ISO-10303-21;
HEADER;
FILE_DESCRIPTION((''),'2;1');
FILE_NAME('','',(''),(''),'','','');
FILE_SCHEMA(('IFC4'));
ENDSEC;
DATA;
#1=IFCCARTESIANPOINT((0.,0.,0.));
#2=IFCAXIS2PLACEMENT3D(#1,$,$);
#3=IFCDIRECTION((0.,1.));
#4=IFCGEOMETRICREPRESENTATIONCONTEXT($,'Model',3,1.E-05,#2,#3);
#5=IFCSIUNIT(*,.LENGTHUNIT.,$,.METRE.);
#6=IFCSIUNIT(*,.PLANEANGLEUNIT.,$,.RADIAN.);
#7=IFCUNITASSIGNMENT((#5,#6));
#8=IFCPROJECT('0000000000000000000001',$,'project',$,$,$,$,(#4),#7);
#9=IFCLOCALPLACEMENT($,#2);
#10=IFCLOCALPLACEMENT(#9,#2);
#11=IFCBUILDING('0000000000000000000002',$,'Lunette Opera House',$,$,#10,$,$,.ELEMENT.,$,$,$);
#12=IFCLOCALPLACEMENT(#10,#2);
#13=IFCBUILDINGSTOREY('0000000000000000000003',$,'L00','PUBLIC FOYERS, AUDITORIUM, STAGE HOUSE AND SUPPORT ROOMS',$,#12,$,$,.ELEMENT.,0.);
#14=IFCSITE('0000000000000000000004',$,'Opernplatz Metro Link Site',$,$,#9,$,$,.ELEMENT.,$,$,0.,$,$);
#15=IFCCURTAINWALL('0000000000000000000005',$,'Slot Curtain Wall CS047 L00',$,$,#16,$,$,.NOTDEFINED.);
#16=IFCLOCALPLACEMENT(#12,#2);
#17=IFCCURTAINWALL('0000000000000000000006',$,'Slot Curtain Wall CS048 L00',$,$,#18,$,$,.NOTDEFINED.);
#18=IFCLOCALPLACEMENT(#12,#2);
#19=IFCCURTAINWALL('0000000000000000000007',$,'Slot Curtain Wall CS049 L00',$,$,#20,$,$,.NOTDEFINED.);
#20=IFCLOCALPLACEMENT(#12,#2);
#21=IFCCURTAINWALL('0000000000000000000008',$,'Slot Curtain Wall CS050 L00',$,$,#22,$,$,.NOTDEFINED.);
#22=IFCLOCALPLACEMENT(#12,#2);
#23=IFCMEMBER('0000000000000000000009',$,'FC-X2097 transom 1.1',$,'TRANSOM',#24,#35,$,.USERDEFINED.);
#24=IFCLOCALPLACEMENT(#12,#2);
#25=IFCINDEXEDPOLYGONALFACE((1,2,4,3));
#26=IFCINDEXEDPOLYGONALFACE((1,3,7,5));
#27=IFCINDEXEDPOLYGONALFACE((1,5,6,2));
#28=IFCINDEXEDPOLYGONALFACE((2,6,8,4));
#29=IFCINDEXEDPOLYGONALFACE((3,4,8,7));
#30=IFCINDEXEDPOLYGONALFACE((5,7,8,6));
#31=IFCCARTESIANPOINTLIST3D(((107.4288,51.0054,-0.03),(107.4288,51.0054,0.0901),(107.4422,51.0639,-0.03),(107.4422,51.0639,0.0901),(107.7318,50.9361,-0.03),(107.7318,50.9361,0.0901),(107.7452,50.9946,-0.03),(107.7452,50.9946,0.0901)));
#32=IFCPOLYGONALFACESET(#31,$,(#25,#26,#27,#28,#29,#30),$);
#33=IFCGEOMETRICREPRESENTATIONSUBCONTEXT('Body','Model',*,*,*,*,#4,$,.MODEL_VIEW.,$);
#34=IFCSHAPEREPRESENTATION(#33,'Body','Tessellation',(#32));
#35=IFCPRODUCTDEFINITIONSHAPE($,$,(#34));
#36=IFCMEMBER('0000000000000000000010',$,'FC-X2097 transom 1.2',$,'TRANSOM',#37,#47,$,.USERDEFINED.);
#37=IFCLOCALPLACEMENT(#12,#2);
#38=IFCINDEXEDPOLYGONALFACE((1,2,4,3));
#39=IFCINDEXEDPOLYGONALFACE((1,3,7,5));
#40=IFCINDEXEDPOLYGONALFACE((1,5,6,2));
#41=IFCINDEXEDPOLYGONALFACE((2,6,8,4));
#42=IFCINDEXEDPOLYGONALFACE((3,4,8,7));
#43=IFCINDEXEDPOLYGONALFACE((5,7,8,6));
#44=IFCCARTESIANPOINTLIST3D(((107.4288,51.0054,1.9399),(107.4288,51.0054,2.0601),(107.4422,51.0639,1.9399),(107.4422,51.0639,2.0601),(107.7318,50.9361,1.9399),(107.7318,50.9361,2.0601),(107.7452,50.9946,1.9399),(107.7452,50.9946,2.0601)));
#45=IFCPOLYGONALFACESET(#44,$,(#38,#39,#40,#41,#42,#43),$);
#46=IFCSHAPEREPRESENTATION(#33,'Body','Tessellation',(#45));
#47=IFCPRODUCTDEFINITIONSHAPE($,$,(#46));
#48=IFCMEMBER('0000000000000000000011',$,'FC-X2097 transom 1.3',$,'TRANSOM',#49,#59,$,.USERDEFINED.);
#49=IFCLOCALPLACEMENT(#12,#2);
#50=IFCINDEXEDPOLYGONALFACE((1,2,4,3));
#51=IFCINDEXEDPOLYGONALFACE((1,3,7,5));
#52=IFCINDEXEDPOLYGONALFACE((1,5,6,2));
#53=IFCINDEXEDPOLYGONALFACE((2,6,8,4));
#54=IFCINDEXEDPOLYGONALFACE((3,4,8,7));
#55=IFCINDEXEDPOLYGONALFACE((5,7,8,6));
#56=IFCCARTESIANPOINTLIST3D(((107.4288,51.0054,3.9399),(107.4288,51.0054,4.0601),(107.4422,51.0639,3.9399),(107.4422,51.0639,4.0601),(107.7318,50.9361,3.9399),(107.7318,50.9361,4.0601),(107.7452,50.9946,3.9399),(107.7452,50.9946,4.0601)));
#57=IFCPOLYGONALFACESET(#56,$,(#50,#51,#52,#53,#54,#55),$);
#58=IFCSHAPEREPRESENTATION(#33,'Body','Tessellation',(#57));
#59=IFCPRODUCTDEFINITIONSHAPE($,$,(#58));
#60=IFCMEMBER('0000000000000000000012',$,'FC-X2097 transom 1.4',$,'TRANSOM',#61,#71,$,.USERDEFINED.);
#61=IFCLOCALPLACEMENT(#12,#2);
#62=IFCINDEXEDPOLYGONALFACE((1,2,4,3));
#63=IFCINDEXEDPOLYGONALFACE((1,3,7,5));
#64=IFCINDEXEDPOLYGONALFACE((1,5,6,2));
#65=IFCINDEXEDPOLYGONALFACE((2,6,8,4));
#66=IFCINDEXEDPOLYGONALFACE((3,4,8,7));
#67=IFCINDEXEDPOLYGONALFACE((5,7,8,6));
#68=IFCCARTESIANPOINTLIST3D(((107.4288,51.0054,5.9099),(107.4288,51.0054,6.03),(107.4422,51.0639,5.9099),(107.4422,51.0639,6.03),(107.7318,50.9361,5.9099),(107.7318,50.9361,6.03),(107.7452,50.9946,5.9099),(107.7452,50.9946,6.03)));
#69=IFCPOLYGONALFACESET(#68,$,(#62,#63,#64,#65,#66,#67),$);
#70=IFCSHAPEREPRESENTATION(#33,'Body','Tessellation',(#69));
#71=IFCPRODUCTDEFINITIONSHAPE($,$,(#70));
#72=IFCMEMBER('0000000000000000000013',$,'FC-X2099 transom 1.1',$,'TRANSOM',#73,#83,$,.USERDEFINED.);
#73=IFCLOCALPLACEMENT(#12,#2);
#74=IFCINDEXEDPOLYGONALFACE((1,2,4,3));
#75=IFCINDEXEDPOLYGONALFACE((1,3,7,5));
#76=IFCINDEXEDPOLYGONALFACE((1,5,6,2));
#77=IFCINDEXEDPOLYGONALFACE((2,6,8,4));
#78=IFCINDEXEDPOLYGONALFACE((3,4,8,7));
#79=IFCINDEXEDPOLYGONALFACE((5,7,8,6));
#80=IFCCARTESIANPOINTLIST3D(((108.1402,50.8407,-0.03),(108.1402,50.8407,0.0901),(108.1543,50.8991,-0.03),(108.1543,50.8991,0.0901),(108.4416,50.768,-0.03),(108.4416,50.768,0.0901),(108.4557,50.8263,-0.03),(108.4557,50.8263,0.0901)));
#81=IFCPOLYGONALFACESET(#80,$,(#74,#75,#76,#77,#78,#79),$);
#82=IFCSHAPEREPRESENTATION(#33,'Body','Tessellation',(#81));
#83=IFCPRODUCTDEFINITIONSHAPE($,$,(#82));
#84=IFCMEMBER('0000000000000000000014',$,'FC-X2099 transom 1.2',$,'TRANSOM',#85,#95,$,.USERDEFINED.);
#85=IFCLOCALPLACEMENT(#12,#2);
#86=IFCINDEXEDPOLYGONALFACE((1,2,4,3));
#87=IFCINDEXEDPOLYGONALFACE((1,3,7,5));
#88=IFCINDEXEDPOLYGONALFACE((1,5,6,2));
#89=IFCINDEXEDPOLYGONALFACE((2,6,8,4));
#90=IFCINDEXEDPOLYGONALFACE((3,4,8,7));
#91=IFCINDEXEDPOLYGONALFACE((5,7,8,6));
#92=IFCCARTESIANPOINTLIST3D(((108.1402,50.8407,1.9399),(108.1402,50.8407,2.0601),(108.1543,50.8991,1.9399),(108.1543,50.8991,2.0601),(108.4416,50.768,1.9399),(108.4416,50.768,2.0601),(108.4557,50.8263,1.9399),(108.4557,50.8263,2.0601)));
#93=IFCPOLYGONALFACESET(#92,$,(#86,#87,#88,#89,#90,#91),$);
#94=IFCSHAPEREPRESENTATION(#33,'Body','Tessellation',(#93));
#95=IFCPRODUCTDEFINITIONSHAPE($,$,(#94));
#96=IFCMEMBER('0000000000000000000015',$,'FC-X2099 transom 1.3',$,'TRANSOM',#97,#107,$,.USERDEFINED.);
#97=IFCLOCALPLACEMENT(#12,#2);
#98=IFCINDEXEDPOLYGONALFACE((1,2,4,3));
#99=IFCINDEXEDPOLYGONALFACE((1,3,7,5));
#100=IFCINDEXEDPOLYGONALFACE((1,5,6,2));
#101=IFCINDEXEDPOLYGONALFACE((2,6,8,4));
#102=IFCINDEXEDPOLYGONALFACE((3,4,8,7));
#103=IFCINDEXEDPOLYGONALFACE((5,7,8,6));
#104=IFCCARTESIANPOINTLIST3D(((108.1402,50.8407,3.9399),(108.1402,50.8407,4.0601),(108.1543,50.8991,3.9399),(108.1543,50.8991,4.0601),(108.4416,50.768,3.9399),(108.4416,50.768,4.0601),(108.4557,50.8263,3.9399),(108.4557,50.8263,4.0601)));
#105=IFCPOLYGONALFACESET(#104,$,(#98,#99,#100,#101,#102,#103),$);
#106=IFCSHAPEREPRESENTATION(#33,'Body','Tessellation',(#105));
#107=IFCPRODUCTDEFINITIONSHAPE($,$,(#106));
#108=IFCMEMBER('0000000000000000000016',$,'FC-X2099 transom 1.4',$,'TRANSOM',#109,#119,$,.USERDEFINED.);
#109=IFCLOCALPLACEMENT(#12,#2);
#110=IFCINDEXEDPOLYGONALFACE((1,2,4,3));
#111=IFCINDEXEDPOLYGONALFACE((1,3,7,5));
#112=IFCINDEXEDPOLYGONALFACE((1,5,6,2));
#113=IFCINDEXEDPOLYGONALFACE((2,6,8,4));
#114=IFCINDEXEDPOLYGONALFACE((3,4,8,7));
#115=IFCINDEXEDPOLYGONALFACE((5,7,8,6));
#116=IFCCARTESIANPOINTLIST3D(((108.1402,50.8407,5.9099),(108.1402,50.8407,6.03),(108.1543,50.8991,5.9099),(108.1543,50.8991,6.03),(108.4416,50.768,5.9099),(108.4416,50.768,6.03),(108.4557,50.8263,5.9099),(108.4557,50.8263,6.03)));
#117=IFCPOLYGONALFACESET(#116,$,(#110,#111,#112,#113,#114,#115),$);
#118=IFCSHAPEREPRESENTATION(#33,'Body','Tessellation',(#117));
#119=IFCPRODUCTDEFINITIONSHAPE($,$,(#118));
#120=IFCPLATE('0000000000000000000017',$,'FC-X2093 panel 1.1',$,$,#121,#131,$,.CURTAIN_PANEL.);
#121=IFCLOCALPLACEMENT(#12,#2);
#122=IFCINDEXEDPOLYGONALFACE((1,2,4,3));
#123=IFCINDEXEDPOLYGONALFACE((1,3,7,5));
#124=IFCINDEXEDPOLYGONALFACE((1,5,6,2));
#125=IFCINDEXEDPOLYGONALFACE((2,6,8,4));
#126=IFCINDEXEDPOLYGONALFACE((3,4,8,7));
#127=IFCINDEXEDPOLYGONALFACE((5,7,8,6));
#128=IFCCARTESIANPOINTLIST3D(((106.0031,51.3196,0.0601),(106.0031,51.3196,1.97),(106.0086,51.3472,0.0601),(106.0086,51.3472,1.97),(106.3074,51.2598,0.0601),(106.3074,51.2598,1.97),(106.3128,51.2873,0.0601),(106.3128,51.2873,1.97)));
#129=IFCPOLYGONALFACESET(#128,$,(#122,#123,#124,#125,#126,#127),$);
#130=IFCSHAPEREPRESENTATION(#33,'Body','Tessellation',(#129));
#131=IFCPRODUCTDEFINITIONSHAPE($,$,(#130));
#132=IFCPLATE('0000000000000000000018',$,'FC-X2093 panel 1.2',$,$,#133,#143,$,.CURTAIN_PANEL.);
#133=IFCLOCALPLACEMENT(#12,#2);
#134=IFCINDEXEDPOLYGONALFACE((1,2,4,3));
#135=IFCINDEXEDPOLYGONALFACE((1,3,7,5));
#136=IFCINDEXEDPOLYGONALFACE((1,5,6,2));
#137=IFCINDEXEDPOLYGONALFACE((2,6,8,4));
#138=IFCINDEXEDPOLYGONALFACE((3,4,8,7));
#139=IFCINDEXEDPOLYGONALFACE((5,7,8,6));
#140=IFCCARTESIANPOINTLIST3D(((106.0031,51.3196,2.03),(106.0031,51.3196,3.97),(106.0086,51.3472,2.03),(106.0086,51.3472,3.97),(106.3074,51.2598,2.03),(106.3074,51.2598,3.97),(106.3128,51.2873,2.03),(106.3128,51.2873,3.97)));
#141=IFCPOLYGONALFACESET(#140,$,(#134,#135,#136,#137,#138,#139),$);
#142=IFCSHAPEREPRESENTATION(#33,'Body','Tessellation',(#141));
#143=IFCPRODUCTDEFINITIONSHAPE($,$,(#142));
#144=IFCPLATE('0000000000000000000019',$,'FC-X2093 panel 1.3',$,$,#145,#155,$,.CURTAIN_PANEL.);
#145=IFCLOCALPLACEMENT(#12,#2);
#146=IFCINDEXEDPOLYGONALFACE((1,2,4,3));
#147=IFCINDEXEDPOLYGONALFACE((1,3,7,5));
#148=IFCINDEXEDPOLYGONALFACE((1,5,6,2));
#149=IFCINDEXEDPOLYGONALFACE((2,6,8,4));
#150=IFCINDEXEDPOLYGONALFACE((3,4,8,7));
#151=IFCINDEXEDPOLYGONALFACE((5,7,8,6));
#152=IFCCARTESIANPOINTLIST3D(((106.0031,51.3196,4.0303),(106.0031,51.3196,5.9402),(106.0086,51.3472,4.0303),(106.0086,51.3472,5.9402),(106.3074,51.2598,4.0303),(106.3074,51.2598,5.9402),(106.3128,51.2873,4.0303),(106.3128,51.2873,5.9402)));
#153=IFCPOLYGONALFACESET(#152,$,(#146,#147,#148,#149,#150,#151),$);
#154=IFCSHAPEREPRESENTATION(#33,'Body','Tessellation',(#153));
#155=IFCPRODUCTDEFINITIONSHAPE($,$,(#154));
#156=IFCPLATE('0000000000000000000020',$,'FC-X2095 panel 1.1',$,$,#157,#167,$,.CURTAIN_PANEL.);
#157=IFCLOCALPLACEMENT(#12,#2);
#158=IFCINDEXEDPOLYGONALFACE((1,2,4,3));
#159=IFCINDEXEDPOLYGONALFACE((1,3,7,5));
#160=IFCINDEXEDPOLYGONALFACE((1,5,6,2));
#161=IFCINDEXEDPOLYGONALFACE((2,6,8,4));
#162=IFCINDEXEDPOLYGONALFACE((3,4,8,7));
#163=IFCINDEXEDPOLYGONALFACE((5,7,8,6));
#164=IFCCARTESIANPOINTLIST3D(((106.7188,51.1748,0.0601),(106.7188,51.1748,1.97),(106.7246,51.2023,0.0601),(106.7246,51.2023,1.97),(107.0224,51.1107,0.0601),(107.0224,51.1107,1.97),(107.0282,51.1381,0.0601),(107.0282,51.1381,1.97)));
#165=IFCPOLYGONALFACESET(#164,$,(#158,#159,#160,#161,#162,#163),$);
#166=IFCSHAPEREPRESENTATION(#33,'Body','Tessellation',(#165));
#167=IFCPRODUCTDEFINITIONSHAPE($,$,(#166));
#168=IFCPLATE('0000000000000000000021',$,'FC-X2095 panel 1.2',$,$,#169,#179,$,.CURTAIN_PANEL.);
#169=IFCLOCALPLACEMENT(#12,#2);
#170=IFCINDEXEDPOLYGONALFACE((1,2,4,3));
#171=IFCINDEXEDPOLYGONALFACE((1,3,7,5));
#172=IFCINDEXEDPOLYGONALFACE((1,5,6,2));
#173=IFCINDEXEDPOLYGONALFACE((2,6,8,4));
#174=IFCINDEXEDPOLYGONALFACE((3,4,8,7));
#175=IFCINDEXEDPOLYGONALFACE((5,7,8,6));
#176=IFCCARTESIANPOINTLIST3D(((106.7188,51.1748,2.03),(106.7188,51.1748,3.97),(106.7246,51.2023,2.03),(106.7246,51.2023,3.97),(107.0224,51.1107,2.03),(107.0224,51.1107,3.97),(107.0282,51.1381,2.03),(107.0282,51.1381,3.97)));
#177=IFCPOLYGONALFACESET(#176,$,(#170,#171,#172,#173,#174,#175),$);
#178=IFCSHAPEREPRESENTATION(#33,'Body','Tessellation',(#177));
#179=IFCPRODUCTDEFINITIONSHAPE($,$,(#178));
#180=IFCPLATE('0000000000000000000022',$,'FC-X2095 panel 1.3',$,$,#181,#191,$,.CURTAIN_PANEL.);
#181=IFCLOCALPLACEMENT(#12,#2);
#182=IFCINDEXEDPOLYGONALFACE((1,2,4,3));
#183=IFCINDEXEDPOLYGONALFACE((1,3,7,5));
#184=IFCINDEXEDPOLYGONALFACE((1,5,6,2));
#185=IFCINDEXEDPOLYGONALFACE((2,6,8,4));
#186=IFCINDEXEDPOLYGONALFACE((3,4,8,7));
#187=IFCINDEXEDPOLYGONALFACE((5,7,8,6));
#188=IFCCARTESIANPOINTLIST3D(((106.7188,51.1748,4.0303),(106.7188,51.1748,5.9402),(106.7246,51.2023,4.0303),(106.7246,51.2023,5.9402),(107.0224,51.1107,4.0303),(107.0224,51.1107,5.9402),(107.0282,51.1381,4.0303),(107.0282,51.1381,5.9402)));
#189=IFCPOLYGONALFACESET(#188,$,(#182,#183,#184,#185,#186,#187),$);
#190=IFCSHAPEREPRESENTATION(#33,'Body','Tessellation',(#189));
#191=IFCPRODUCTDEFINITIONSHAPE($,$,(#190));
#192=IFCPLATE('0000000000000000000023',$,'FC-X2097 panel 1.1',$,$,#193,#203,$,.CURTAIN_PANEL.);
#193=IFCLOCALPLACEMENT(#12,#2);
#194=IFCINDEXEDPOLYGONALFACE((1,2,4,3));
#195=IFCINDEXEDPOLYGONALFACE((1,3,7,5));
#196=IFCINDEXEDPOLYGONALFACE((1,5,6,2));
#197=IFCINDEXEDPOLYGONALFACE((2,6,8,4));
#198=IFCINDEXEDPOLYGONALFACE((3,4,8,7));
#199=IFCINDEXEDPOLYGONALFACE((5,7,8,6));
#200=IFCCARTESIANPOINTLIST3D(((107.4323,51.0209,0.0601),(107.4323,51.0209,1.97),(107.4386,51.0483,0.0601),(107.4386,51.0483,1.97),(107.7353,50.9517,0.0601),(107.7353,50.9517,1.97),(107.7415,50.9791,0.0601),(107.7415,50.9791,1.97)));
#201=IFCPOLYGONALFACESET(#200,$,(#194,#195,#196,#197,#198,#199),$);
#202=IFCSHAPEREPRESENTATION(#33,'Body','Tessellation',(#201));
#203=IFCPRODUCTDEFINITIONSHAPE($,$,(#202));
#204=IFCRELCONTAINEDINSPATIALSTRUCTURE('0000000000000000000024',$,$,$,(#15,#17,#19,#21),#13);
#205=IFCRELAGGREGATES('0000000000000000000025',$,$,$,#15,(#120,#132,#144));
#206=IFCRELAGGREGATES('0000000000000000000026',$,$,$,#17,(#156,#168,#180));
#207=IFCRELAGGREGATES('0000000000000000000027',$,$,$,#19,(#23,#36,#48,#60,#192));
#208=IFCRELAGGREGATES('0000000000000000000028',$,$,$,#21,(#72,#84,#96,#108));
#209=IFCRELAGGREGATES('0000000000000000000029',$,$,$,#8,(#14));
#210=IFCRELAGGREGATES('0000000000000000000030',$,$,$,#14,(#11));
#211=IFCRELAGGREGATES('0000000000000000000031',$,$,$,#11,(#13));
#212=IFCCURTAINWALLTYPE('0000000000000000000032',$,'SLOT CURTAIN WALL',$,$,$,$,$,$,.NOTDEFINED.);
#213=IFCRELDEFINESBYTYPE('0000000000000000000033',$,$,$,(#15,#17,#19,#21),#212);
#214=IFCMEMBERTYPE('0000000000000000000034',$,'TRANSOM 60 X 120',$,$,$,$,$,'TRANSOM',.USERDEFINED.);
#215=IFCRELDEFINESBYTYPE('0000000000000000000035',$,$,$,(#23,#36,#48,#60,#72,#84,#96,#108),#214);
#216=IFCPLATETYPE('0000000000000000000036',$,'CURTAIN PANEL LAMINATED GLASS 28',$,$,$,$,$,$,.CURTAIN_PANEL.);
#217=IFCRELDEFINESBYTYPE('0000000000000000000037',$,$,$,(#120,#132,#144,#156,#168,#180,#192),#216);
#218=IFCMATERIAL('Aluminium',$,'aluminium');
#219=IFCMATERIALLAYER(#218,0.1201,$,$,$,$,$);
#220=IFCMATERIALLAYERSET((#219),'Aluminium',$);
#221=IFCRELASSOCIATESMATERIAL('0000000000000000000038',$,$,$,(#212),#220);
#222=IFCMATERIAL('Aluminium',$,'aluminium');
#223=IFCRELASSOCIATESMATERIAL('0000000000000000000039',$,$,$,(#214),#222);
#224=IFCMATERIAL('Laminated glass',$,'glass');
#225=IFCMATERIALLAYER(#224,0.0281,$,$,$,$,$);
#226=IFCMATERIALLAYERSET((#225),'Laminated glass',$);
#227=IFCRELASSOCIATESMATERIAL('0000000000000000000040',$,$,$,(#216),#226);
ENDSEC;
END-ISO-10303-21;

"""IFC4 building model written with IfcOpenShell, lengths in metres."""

from ifc_helpers import new_model, si_unit, direction, frame, origin, origin_2d, place, context, subcontext, project, spatial, rectangle, extrude, material, layer, layer_set, material_profile, profile_set, type_object, element, aggregate, save


model = new_model("IFC4")

# Units and contexts
model_context = context("Model", 3, precision=1e-05, world=origin(), true_north=direction((0.0, 1.0)))
body_context = subcontext(model_context, "Body", "Model", "MODEL_VIEW")
ifc_project = project(units=[si_unit("LENGTHUNIT", "METRE"), si_unit("PLANEANGLEUNIT", "RADIAN")], contexts=[model_context])

# Site, building, storey
site_placement = place(None, origin())
site = spatial("IfcSite", under=ifc_project, at=site_placement, Name="Opernplatz Metro Link Site", CompositionType="ELEMENT", RefElevation=0.0)
building_placement = place(site_placement, origin())
building = spatial("IfcBuilding", under=site, at=building_placement, Name="Lunette Opera House", CompositionType="ELEMENT")
storey_placement = place(building_placement, origin())
storey = spatial("IfcBuildingStorey", under=building, at=storey_placement, Name="L00", Description="PUBLIC FOYERS, AUDITORIUM, STAGE HOUSE AND SUPPORT ROOMS", CompositionType="ELEMENT", Elevation=0.0)

# Curtain wall
ifc_material_1 = material(Name="Aluminium", Category="aluminium")
ifc_layer_1 = layer(ifc_material_1, 0.1201)
ifc_layer_set_1 = layer_set([ifc_layer_1], Name="Aluminium")
curtain_wall_type = type_object("IfcCurtainWallType", Name="SLOT CURTAIN WALL", PredefinedType="NOTDEFINED", material=ifc_layer_set_1)
curtain_wall_1_placement = place(storey_placement, origin())
curtain_wall_1 = element("IfcCurtainWall", 1, at=curtain_wall_1_placement, inside=storey, type_object=curtain_wall_type, Name="Slot Curtain Wall CS047 L00", PredefinedType="NOTDEFINED")

# Curtain walls
curtain_wall_2_placement = place(storey_placement, origin())
curtain_wall_2 = element("IfcCurtainWall", 2, at=curtain_wall_2_placement, inside=storey, type_object=curtain_wall_type, Name="Slot Curtain Wall CS048 L00", PredefinedType="NOTDEFINED")
curtain_wall_3_placement = place(storey_placement, origin())
curtain_wall_3 = element("IfcCurtainWall", 3, at=curtain_wall_3_placement, inside=storey, type_object=curtain_wall_type, Name="Slot Curtain Wall CS049 L00", PredefinedType="NOTDEFINED")

# Curtain wall
curtain_wall_4_placement = place(storey_placement, origin())
curtain_wall_4 = element("IfcCurtainWall", 4, at=curtain_wall_4_placement, inside=storey, type_object=curtain_wall_type, Name="Slot Curtain Wall CS050 L00", PredefinedType="NOTDEFINED")

# Members
ifc_material_2 = material(Name="Aluminium", Category="aluminium")
ifc_material_profile_1 = material_profile(ifc_material_2, rectangle(XDim=0.0601, YDim=0.1201, at=origin_2d()), Name="TRANSOM 60 X 120")
ifc_profile_set_1 = profile_set([ifc_material_profile_1], Name="Aluminium")
member_type_1 = type_object("IfcMemberType", Name="TRANSOM 60 X 120", ElementType="TRANSOM", PredefinedType="USERDEFINED", material=ifc_profile_set_1)
member_1_placement = place(storey_placement, frame((107.4355, 51.0347, 0.03), z_axis=(0.9748, -0.223081, 0.0), x_axis=(0.223081, 0.9748, 0.0)))
member_1 = element("IfcMember", 5, at=member_1_placement, type_object=member_type_1, Name="FC-X2097 transom 1.1", ObjectType="TRANSOM", PredefinedType="USERDEFINED", context=body_context, shape_type="SweptSolid", body=[
    extrude(rectangle(XDim=0.0601, YDim=0.1201, at=origin_2d()), origin(), (0.0, 0.0, 1.0), 0.3108),
])
member_2_placement = place(storey_placement, frame((107.4355, 51.0347, 2.0), z_axis=(0.9748, -0.223081, 0.0), x_axis=(0.223081, 0.9748, 0.0)))
member_2 = element("IfcMember", 6, at=member_2_placement, type_object=member_type_1, Name="FC-X2097 transom 1.2", ObjectType="TRANSOM", PredefinedType="USERDEFINED", context=body_context, shape_type="SweptSolid", body=[
    extrude(rectangle(XDim=0.0601, YDim=0.1201, at=origin_2d()), origin(), (0.0, 0.0, 1.0), 0.3108),
])
member_3_placement = place(storey_placement, frame((107.4355, 51.0347, 4.0), z_axis=(0.9748, -0.223081, 0.0), x_axis=(0.223081, 0.9748, 0.0)))
member_3 = element("IfcMember", 7, at=member_3_placement, type_object=member_type_1, Name="FC-X2097 transom 1.3", ObjectType="TRANSOM", PredefinedType="USERDEFINED", context=body_context, shape_type="SweptSolid", body=[
    extrude(rectangle(XDim=0.0601, YDim=0.1201, at=origin_2d()), origin(), (0.0, 0.0, 1.0), 0.3108),
])
member_4_placement = place(storey_placement, frame((107.4355, 51.0347, 5.97), z_axis=(0.9748, -0.223081, 0.0), x_axis=(0.223081, 0.9748, 0.0)))
member_4 = element("IfcMember", 8, at=member_4_placement, type_object=member_type_1, Name="FC-X2097 transom 1.4", ObjectType="TRANSOM", PredefinedType="USERDEFINED", context=body_context, shape_type="SweptSolid", body=[
    extrude(rectangle(XDim=0.0601, YDim=0.1201, at=origin_2d()), origin(), (0.0, 0.0, 1.0), 0.3108),
])
member_5_placement = place(storey_placement, frame((108.1472, 50.8699, 0.03), z_axis=(0.972101, -0.234564, 0.0), x_axis=(0.234564, 0.972101, 0.0)))
member_5 = element("IfcMember", 9, at=member_5_placement, type_object=member_type_1, Name="FC-X2099 transom 1.1", ObjectType="TRANSOM", PredefinedType="USERDEFINED", context=body_context, shape_type="SweptSolid", body=[
    extrude(rectangle(XDim=0.0601, YDim=0.1201, at=origin_2d()), origin(), (0.0, 0.0, 1.0), 0.3101),
])
member_6_placement = place(storey_placement, frame((108.1472, 50.8699, 2.0), z_axis=(0.972101, -0.234564, 0.0), x_axis=(0.234564, 0.972101, 0.0)))
member_6 = element("IfcMember", 10, at=member_6_placement, type_object=member_type_1, Name="FC-X2099 transom 1.2", ObjectType="TRANSOM", PredefinedType="USERDEFINED", context=body_context, shape_type="SweptSolid", body=[
    extrude(rectangle(XDim=0.0601, YDim=0.1201, at=origin_2d()), origin(), (0.0, 0.0, 1.0), 0.3101),
])
member_7_placement = place(storey_placement, frame((108.1472, 50.8699, 4.0), z_axis=(0.972101, -0.234564, 0.0), x_axis=(0.234564, 0.972101, 0.0)))
member_7 = element("IfcMember", 11, at=member_7_placement, type_object=member_type_1, Name="FC-X2099 transom 1.3", ObjectType="TRANSOM", PredefinedType="USERDEFINED", context=body_context, shape_type="SweptSolid", body=[
    extrude(rectangle(XDim=0.0601, YDim=0.1201, at=origin_2d()), origin(), (0.0, 0.0, 1.0), 0.3101),
])
member_8_placement = place(storey_placement, frame((108.1472, 50.8699, 5.97), z_axis=(0.972101, -0.234564, 0.0), x_axis=(0.234564, 0.972101, 0.0)))
member_8 = element("IfcMember", 12, at=member_8_placement, type_object=member_type_1, Name="FC-X2099 transom 1.4", ObjectType="TRANSOM", PredefinedType="USERDEFINED", context=body_context, shape_type="SweptSolid", body=[
    extrude(rectangle(XDim=0.0601, YDim=0.1201, at=origin_2d()), origin(), (0.0, 0.0, 1.0), 0.3101),
])

# Plates
ifc_material_3 = material(Name="Laminated glass", Category="glass")
ifc_layer_2 = layer(ifc_material_3, 0.0281)
ifc_layer_set_2 = layer_set([ifc_layer_2], Name="Laminated glass")
plate_type = type_object("IfcPlateType", Name="CURTAIN PANEL LAMINATED GLASS 28", PredefinedType="CURTAIN_PANEL", material=ifc_layer_set_2)
plate_1_placement = place(storey_placement, frame((106.158, 51.3035, 0.0601), z_axis=(0.0, 0.0, 1.0), x_axis=(0.981202, -0.192985, 0.0)))
plate_1 = element("IfcPlate", 13, at=plate_1_placement, type_object=plate_type, Name="FC-X2093 panel 1.1", PredefinedType="CURTAIN_PANEL", context=body_context, shape_type="SweptSolid", body=[
    extrude(rectangle(XDim=0.3101, YDim=0.0281, at=origin_2d()), origin(), (0.0, 0.0, 1.0), 1.9099),
])
plate_2_placement = place(storey_placement, frame((106.158, 51.3035, 2.03), z_axis=(0.0, 0.0, 1.0), x_axis=(0.981202, -0.192985, 0.0)))
plate_2 = element("IfcPlate", 14, at=plate_2_placement, type_object=plate_type, Name="FC-X2093 panel 1.2", PredefinedType="CURTAIN_PANEL", context=body_context, shape_type="SweptSolid", body=[
    extrude(rectangle(XDim=0.3101, YDim=0.0281, at=origin_2d()), origin(), (0.0, 0.0, 1.0), 1.9399),
])
plate_3_placement = place(storey_placement, frame((106.158, 51.3035, 4.0303), z_axis=(0.0, 0.0, 1.0), x_axis=(0.981202, -0.192985, 0.0)))
plate_3 = element("IfcPlate", 15, at=plate_3_placement, type_object=plate_type, Name="FC-X2093 panel 1.3", PredefinedType="CURTAIN_PANEL", context=body_context, shape_type="SweptSolid", body=[
    extrude(rectangle(XDim=0.3101, YDim=0.0281, at=origin_2d()), origin(), (0.0, 0.0, 1.0), 1.9099),
])
aggregate(curtain_wall_1, [plate_1, plate_2, plate_3])
plate_4_placement = place(storey_placement, frame((106.8735, 51.1565, 0.0601), z_axis=(0.0, 0.0, 1.0), x_axis=(0.978377, -0.20683, 0.0)))
plate_4 = element("IfcPlate", 16, at=plate_4_placement, type_object=plate_type, Name="FC-X2095 panel 1.1", PredefinedType="CURTAIN_PANEL", context=body_context, shape_type="SweptSolid", body=[
    extrude(rectangle(XDim=0.3103, YDim=0.0281, at=origin_2d()), origin(), (0.0, 0.0, 1.0), 1.9099),
])
plate_5_placement = place(storey_placement, frame((106.8735, 51.1565, 2.03), z_axis=(0.0, 0.0, 1.0), x_axis=(0.978377, -0.20683, 0.0)))
plate_5 = element("IfcPlate", 17, at=plate_5_placement, type_object=plate_type, Name="FC-X2095 panel 1.2", PredefinedType="CURTAIN_PANEL", context=body_context, shape_type="SweptSolid", body=[
    extrude(rectangle(XDim=0.3103, YDim=0.0281, at=origin_2d()), origin(), (0.0, 0.0, 1.0), 1.9399),
])
plate_6_placement = place(storey_placement, frame((106.8735, 51.1565, 4.0303), z_axis=(0.0, 0.0, 1.0), x_axis=(0.978377, -0.20683, 0.0)))
plate_6 = element("IfcPlate", 18, at=plate_6_placement, type_object=plate_type, Name="FC-X2095 panel 1.3", PredefinedType="CURTAIN_PANEL", context=body_context, shape_type="SweptSolid", body=[
    extrude(rectangle(XDim=0.3103, YDim=0.0281, at=origin_2d()), origin(), (0.0, 0.0, 1.0), 1.9099),
])
aggregate(curtain_wall_2, [plate_4, plate_5, plate_6])
plate_7_placement = place(storey_placement, frame((107.5869, 51.0, 0.0601), z_axis=(0.0, 0.0, 1.0), x_axis=(0.974859, -0.222825, 0.0)))
plate_7 = element("IfcPlate", 19, at=plate_7_placement, type_object=plate_type, Name="FC-X2097 panel 1.1", PredefinedType="CURTAIN_PANEL", context=body_context, shape_type="SweptSolid", body=[
    extrude(rectangle(XDim=0.3108, YDim=0.0281, at=origin_2d()), origin(), (0.0, 0.0, 1.0), 1.9099),
])
aggregate(curtain_wall_3, [member_1, member_2, member_3, member_4, plate_7])
aggregate(curtain_wall_4, [member_5, member_6, member_7, member_8])

save(model, "model.ifc")
